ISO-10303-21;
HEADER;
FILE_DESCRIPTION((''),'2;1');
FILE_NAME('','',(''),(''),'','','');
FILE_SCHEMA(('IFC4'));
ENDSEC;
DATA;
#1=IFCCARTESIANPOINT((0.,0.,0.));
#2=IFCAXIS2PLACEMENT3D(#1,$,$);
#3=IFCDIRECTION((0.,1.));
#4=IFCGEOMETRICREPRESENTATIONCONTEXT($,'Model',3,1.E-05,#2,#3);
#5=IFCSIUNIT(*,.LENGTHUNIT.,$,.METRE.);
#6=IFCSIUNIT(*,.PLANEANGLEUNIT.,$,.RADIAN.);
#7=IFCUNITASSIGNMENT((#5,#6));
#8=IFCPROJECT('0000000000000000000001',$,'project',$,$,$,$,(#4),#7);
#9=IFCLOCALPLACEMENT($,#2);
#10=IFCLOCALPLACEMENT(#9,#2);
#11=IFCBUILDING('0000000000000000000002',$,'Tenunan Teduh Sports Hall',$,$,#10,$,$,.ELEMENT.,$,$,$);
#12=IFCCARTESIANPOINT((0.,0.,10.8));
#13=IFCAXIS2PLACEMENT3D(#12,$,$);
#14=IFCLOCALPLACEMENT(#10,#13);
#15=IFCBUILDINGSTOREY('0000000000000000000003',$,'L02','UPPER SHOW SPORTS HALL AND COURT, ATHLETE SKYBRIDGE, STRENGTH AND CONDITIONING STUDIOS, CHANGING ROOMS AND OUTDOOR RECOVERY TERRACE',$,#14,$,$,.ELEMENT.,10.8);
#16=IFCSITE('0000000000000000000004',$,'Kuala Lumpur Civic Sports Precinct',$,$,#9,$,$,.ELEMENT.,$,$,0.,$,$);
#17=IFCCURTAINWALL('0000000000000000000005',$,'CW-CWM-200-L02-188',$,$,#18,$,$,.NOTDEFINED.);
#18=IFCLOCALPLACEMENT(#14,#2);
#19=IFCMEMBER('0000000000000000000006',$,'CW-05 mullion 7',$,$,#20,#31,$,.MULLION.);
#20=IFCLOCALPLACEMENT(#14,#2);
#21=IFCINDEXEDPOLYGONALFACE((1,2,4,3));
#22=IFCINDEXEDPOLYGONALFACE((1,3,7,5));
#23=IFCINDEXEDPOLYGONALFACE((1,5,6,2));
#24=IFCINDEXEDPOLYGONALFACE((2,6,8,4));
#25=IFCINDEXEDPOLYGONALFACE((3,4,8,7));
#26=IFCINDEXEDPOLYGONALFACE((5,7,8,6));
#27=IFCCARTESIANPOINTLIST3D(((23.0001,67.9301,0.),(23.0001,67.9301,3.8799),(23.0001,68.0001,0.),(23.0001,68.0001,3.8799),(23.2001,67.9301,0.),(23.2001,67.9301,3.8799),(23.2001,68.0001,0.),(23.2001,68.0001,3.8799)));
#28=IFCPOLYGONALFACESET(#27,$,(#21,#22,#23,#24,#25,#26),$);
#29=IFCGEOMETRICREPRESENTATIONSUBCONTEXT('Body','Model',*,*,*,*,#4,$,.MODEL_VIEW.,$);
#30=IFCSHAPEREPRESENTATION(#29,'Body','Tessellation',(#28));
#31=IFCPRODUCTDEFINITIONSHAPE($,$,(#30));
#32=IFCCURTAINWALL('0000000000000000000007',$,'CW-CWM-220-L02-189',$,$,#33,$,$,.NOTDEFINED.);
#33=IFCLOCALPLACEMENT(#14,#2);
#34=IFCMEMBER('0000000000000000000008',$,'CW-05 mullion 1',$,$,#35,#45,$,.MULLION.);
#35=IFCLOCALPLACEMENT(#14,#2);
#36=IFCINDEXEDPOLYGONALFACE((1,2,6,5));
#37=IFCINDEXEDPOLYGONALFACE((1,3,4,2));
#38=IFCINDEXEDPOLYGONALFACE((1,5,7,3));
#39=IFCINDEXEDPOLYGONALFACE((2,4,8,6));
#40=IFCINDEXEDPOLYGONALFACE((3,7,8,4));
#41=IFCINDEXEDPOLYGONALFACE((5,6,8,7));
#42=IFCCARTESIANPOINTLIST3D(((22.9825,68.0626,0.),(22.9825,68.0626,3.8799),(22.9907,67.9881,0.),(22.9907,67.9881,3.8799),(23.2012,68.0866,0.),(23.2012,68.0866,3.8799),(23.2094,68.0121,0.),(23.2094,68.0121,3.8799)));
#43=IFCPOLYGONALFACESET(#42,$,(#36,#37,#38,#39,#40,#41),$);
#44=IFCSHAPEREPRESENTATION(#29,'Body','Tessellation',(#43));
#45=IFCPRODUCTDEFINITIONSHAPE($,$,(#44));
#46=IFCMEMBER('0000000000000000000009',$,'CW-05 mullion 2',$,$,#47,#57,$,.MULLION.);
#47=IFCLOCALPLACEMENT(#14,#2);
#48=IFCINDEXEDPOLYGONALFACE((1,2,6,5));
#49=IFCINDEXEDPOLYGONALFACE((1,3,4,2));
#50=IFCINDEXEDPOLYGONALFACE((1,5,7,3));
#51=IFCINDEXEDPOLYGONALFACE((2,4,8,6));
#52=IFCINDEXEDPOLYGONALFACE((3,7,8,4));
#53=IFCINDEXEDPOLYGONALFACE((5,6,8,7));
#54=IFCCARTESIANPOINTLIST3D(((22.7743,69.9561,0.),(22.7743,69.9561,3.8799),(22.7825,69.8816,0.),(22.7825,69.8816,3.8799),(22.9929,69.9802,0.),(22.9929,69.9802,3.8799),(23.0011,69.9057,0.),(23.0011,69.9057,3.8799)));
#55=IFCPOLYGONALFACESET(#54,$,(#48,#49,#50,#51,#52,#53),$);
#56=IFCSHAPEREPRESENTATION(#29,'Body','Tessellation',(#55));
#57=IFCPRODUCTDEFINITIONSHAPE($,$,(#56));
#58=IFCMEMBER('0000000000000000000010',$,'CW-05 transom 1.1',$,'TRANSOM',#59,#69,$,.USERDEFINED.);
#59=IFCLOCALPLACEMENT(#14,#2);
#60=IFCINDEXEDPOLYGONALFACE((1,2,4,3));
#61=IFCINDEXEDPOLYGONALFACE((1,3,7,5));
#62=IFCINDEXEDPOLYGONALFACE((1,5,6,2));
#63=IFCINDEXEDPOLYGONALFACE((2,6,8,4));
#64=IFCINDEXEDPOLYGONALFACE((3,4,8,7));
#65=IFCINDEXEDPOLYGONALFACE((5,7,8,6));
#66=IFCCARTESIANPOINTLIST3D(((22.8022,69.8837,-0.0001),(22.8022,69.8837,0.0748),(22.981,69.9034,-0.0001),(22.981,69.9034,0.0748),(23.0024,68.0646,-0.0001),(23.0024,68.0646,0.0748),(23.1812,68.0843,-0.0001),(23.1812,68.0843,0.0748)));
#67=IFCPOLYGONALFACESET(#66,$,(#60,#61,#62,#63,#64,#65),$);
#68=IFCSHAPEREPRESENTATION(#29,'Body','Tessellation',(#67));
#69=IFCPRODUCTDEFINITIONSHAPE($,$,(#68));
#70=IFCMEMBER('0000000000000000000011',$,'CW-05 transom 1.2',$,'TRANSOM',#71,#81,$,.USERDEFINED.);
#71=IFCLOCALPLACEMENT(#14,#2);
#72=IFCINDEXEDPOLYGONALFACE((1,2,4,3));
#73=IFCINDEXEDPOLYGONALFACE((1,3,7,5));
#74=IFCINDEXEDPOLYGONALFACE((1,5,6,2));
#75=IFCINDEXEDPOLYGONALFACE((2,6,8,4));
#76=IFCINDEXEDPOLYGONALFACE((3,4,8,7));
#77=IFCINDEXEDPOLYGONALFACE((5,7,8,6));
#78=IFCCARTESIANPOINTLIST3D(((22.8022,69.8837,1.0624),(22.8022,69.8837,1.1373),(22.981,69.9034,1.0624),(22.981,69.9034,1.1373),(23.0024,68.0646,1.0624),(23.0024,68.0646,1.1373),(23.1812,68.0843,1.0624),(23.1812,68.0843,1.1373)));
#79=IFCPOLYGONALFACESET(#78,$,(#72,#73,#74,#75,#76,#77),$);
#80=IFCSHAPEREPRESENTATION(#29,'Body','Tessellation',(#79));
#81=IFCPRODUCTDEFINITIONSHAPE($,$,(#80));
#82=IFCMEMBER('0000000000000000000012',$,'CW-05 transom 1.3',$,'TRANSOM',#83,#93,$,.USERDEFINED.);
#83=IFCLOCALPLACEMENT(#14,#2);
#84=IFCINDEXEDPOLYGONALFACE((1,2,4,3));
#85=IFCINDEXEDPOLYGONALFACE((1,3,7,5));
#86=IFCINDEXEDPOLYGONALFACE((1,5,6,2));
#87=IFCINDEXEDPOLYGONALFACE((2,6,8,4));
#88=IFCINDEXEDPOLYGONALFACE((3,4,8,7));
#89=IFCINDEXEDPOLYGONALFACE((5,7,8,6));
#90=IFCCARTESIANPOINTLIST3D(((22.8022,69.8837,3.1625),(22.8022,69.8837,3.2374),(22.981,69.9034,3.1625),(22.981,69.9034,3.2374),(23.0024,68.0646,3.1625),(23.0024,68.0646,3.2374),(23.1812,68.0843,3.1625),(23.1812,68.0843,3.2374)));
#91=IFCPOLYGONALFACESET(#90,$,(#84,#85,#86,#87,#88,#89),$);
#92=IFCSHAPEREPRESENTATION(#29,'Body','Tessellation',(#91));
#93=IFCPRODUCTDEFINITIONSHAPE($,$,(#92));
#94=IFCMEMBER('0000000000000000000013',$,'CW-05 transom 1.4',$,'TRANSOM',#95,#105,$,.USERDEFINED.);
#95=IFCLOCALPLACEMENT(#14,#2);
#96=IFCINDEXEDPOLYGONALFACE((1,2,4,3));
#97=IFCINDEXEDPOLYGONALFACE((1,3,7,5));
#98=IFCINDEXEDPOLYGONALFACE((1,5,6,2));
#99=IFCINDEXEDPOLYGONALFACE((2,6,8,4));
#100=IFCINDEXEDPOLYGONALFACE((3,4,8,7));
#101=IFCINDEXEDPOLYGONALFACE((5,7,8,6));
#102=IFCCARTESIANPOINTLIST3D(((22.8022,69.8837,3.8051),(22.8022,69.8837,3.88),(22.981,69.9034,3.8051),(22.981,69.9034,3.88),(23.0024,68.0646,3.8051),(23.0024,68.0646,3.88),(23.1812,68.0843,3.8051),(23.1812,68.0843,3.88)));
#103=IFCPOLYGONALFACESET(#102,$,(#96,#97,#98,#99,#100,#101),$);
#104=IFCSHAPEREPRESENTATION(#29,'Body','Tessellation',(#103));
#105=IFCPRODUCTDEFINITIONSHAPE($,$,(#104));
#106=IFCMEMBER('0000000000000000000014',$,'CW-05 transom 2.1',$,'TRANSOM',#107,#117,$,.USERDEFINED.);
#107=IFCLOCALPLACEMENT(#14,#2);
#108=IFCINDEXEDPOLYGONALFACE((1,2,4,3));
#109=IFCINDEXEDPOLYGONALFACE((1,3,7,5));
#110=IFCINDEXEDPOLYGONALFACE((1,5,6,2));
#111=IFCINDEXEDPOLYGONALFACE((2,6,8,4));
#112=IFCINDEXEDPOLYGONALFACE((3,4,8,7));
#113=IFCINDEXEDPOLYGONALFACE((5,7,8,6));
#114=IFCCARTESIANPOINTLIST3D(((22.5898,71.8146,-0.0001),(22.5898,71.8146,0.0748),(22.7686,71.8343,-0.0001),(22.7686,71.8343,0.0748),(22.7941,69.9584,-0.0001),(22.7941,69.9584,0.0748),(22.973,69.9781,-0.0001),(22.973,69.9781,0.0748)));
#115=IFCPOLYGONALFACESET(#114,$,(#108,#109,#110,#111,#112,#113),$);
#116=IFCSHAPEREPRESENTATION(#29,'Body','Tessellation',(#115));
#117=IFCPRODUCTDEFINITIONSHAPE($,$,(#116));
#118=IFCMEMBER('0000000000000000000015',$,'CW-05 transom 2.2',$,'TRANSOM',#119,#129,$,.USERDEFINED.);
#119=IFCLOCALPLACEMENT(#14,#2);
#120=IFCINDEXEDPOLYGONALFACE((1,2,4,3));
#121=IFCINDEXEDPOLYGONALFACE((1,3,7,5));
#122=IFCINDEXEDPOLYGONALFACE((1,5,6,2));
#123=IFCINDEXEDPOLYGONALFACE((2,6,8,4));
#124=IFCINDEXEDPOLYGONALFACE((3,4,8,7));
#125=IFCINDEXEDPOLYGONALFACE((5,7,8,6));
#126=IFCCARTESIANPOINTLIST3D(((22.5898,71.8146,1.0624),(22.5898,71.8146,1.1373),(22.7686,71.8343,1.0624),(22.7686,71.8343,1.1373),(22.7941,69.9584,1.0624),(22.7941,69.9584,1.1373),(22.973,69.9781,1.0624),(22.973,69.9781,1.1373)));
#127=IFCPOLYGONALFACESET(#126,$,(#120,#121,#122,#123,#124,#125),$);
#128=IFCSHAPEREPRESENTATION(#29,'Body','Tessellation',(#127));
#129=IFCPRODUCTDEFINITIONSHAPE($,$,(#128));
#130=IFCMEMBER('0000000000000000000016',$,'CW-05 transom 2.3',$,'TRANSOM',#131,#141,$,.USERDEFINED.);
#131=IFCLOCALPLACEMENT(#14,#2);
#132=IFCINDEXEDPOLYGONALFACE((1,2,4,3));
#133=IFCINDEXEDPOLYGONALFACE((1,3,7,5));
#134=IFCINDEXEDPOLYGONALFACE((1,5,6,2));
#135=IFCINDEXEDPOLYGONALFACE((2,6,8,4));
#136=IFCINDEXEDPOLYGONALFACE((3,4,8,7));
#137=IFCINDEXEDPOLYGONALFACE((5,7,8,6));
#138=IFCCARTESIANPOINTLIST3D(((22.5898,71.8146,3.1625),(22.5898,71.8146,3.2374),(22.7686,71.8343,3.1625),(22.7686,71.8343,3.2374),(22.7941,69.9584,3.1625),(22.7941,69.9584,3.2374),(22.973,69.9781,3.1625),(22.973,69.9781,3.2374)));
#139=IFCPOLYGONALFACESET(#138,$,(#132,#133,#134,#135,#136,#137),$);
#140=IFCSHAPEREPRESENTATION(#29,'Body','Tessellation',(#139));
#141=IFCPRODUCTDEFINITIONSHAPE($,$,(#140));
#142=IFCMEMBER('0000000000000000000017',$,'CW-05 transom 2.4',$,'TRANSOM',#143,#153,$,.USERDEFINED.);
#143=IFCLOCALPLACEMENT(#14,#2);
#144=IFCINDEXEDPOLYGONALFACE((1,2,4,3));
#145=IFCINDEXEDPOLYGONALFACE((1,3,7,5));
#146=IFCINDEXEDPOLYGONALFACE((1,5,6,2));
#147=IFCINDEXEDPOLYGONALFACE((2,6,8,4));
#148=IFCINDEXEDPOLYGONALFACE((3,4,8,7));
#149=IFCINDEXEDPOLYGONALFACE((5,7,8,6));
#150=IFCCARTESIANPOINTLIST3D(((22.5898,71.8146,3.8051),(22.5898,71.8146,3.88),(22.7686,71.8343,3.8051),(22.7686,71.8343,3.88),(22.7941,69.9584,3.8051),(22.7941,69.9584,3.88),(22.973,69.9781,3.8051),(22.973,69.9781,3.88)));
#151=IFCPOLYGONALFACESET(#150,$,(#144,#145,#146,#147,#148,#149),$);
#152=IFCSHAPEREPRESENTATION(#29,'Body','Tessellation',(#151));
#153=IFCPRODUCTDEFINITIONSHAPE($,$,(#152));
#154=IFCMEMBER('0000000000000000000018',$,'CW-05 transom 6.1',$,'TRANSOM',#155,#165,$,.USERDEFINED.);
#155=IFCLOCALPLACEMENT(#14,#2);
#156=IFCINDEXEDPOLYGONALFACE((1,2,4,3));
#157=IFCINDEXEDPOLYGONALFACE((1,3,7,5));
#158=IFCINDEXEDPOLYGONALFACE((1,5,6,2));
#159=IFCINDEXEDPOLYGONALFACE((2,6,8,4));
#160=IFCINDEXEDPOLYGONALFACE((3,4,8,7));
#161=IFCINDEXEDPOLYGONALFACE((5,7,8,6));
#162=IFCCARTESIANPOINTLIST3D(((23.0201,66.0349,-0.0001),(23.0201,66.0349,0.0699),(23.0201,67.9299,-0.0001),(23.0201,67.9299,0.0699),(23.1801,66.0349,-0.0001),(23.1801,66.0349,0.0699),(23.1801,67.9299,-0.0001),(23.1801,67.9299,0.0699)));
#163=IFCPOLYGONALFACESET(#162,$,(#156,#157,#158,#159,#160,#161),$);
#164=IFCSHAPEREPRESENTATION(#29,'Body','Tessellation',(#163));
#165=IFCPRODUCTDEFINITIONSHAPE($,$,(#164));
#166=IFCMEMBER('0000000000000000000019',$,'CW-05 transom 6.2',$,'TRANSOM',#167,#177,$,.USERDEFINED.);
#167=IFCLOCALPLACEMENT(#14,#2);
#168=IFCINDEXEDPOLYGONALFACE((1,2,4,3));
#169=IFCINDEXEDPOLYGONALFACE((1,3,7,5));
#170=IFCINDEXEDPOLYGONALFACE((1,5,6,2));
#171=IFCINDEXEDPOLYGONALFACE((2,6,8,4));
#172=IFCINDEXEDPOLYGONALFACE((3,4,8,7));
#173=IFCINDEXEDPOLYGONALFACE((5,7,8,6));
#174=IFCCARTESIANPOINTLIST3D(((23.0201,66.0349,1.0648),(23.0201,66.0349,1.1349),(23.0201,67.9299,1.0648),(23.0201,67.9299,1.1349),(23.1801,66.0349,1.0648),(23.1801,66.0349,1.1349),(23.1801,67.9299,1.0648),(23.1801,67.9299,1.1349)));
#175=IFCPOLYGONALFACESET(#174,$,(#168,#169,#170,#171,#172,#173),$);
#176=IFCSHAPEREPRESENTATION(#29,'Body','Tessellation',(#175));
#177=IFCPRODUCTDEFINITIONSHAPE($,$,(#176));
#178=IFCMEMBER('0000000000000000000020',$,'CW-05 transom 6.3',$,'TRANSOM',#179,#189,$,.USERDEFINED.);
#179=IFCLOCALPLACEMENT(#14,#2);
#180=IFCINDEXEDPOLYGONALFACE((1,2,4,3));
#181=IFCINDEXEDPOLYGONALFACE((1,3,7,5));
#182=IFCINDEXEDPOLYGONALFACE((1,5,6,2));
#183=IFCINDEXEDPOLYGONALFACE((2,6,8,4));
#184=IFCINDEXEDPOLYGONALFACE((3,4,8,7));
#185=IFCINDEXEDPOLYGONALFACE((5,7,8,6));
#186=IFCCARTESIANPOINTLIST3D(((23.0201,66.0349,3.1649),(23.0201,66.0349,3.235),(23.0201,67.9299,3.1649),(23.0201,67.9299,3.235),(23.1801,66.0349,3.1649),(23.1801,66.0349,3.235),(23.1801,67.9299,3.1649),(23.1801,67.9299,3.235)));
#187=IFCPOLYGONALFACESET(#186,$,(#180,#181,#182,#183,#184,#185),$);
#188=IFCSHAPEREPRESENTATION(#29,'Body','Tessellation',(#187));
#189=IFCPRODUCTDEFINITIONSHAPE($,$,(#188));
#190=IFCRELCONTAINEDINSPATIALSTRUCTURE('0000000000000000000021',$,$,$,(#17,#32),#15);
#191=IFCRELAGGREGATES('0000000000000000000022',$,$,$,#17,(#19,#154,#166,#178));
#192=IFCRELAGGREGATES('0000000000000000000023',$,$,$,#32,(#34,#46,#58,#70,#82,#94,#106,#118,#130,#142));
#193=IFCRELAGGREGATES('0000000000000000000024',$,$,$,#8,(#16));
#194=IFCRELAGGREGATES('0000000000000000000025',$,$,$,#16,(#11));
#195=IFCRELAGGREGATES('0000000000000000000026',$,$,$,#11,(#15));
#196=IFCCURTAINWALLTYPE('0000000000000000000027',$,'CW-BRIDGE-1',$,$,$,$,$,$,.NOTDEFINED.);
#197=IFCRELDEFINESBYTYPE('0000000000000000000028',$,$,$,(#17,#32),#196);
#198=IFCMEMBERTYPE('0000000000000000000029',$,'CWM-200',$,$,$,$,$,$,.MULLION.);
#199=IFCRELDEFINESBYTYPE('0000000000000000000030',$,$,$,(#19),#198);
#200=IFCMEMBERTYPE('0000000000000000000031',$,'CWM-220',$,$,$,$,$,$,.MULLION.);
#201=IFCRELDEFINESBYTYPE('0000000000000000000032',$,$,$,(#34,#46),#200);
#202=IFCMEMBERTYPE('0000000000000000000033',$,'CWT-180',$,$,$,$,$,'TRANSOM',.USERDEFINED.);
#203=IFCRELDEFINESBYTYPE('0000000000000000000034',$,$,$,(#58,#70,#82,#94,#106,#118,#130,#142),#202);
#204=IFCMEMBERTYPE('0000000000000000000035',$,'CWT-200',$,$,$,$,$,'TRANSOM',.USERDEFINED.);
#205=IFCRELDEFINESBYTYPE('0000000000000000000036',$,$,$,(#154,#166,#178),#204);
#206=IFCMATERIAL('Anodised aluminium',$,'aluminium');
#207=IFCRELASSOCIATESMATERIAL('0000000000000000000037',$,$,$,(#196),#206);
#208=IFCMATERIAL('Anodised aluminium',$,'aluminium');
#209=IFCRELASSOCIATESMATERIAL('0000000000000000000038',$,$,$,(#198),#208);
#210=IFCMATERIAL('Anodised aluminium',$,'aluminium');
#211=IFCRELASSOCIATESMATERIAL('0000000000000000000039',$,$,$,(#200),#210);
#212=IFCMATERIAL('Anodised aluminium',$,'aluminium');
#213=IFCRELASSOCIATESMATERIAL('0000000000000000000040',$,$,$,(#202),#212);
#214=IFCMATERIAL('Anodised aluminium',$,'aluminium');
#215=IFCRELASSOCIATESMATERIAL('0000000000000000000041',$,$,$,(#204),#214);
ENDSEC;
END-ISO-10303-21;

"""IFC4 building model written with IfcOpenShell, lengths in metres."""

from ifc_helpers import new_model, si_unit, direction, frame, origin, origin_2d, place, context, subcontext, project, spatial, rectangle, extrude, material, material_profile, profile_set, type_object, element, aggregate, save


model = new_model("IFC4")

# Units and contexts
model_context = context("Model", 3, precision=1e-05, world=origin(), true_north=direction((0.0, 1.0)))
body_context = subcontext(model_context, "Body", "Model", "MODEL_VIEW")
ifc_project = project(units=[si_unit("LENGTHUNIT", "METRE"), si_unit("PLANEANGLEUNIT", "RADIAN")], contexts=[model_context])

# Site, building, storey
site_placement = place(None, origin())
site = spatial("IfcSite", under=ifc_project, at=site_placement, Name="Kuala Lumpur Civic Sports Precinct", CompositionType="ELEMENT", RefElevation=0.0)
building_placement = place(site_placement, origin())
building = spatial("IfcBuilding", under=site, at=building_placement, Name="Tenunan Teduh Sports Hall", CompositionType="ELEMENT")
storey_placement = place(building_placement, frame((0.0, 0.0, 10.8)))
storey = spatial("IfcBuildingStorey", under=building, at=storey_placement, Name="L02", Description="UPPER SHOW SPORTS HALL AND COURT, ATHLETE SKYBRIDGE, STRENGTH AND CONDITIONING STUDIOS, CHANGING ROOMS AND OUTDOOR RECOVERY TERRACE", CompositionType="ELEMENT", Elevation=10.8)

# Curtain wall, member
ifc_material_1 = material(Name="Anodised aluminium", Category="aluminium")
curtain_wall_type = type_object("IfcCurtainWallType", Name="CW-BRIDGE-1", PredefinedType="NOTDEFINED", material=ifc_material_1)
curtain_wall_1_placement = place(storey_placement, origin())
curtain_wall_1 = element("IfcCurtainWall", 1, at=curtain_wall_1_placement, inside=storey, type_object=curtain_wall_type, Name="CW-CWM-200-L02-188", PredefinedType="NOTDEFINED")
ifc_material_2 = material(Name="Anodised aluminium", Category="aluminium")
ifc_material_profile_1 = material_profile(ifc_material_2, rectangle(XDim=0.0701, YDim=0.2, at=origin_2d()), Name="CWM 70x200")
ifc_profile_set_1 = profile_set([ifc_material_profile_1], Name="Anodised aluminium")
member_type_1 = type_object("IfcMemberType", Name="CWM-200", PredefinedType="MULLION", material=ifc_profile_set_1)
member_1_placement = place(storey_placement, frame((23.1001, 67.9651, 0.0), z_axis=(0.0, 0.0, 1.0), x_axis=(0.0, 1.0, 0.0)))
member_1 = element("IfcMember", 2, at=member_1_placement, type_object=member_type_1, Name="CW-05 mullion 7", PredefinedType="MULLION", context=body_context, shape_type="SweptSolid", body=[
    extrude(rectangle(XDim=0.0701, YDim=0.2, at=origin_2d()), origin(), (0.0, 0.0, 1.0), 3.8799),
])

# Curtain wall, members
curtain_wall_2_placement = place(storey_placement, origin())
curtain_wall_2 = element("IfcCurtainWall", 3, at=curtain_wall_2_placement, inside=storey, type_object=curtain_wall_type, Name="CW-CWM-220-L02-189", PredefinedType="NOTDEFINED")
ifc_material_3 = material(Name="Anodised aluminium", Category="aluminium")
ifc_material_profile_2 = material_profile(ifc_material_3, rectangle(XDim=0.075, YDim=0.22, at=origin_2d()), Name="CWM 75x220")
ifc_profile_set_2 = profile_set([ifc_material_profile_2], Name="Anodised aluminium")
member_type_2 = type_object("IfcMemberType", Name="CWM-220", PredefinedType="MULLION", material=ifc_profile_set_2)
member_2_placement = place(storey_placement, frame((23.0959, 68.0374, 0.0), z_axis=(0.0, 0.0, 1.0), x_axis=(-0.109341, 0.994004, 0.0)))
member_2 = element("IfcMember", 4, at=member_2_placement, type_object=member_type_2, Name="CW-05 mullion 1", PredefinedType="MULLION", context=body_context, shape_type="SweptSolid", body=[
    extrude(rectangle(XDim=0.075, YDim=0.22, at=origin_2d()), origin(), (0.0, 0.0, 1.0), 3.8799),
])
member_3_placement = place(storey_placement, frame((22.8877, 69.9309, 0.0), z_axis=(0.0, 0.0, 1.0), x_axis=(-0.109341, 0.994004, 0.0)))
member_3 = element("IfcMember", 5, at=member_3_placement, type_object=member_type_2, Name="CW-05 mullion 2", PredefinedType="MULLION", context=body_context, shape_type="SweptSolid", body=[
    extrude(rectangle(XDim=0.075, YDim=0.22, at=origin_2d()), origin(), (0.0, 0.0, 1.0), 3.8799),
])
ifc_material_4 = material(Name="Anodised aluminium", Category="aluminium")
ifc_material_profile_3 = material_profile(ifc_material_4, rectangle(XDim=0.075, YDim=0.1799, at=origin_2d()), Name="CWT 75x180")
ifc_profile_set_3 = profile_set([ifc_material_profile_3], Name="Anodised aluminium")
member_type_3 = type_object("IfcMemberType", Name="CWT-180", ElementType="TRANSOM", PredefinedType="USERDEFINED", material=ifc_profile_set_3)
member_4_placement = place(storey_placement, frame((23.0918, 68.0745, 0.0374), z_axis=(-0.109392, 0.993999, 0.0), x_axis=(0.0, 0.0, 1.0)))
member_4 = element("IfcMember", 6, at=member_4_placement, type_object=member_type_3, Name="CW-05 transom 1.1", ObjectType="TRANSOM", PredefinedType="USERDEFINED", context=body_context, shape_type="SweptSolid", body=[
    extrude(rectangle(XDim=0.075, YDim=0.1799, at=origin_2d()), origin(), (0.0, 0.0, 1.0), 1.8301),
])
member_5_placement = place(storey_placement, frame((23.0918, 68.0745, 1.0999), z_axis=(-0.109392, 0.993999, 0.0), x_axis=(0.0, 0.0, 1.0)))
member_5 = element("IfcMember", 7, at=member_5_placement, type_object=member_type_3, Name="CW-05 transom 1.2", ObjectType="TRANSOM", PredefinedType="USERDEFINED", context=body_context, shape_type="SweptSolid", body=[
    extrude(rectangle(XDim=0.075, YDim=0.1799, at=origin_2d()), origin(), (0.0, 0.0, 1.0), 1.8301),
])
member_6_placement = place(storey_placement, frame((23.0918, 68.0745, 3.2), z_axis=(-0.109392, 0.993999, 0.0), x_axis=(0.0, 0.0, 1.0)))
member_6 = element("IfcMember", 8, at=member_6_placement, type_object=member_type_3, Name="CW-05 transom 1.3", ObjectType="TRANSOM", PredefinedType="USERDEFINED", context=body_context, shape_type="SweptSolid", body=[
    extrude(rectangle(XDim=0.075, YDim=0.1799, at=origin_2d()), origin(), (0.0, 0.0, 1.0), 1.8301),
])
member_7_placement = place(storey_placement, frame((23.0918, 68.0745, 3.8425), z_axis=(-0.109392, 0.993999, 0.0), x_axis=(0.0, 0.0, 1.0)))
member_7 = element("IfcMember", 9, at=member_7_placement, type_object=member_type_3, Name="CW-05 transom 1.4", ObjectType="TRANSOM", PredefinedType="USERDEFINED", context=body_context, shape_type="SweptSolid", body=[
    extrude(rectangle(XDim=0.075, YDim=0.1799, at=origin_2d()), origin(), (0.0, 0.0, 1.0), 1.8301),
])
member_8_placement = place(storey_placement, frame((22.8835, 69.9683, 0.0374), z_axis=(-0.109427, 0.993995, 0.0), x_axis=(0.0, 0.0, 1.0)))
member_8 = element("IfcMember", 10, at=member_8_placement, type_object=member_type_3, Name="CW-05 transom 2.1", ObjectType="TRANSOM", PredefinedType="USERDEFINED", context=body_context, shape_type="SweptSolid", body=[
    extrude(rectangle(XDim=0.075, YDim=0.1799, at=origin_2d()), origin(), (0.0, 0.0, 1.0), 1.8674),
])
member_9_placement = place(storey_placement, frame((22.8835, 69.9683, 1.0999), z_axis=(-0.109427, 0.993995, 0.0), x_axis=(0.0, 0.0, 1.0)))
member_9 = element("IfcMember", 11, at=member_9_placement, type_object=member_type_3, Name="CW-05 transom 2.2", ObjectType="TRANSOM", PredefinedType="USERDEFINED", context=body_context, shape_type="SweptSolid", body=[
    extrude(rectangle(XDim=0.075, YDim=0.1799, at=origin_2d()), origin(), (0.0, 0.0, 1.0), 1.8674),
])
member_10_placement = place(storey_placement, frame((22.8835, 69.9683, 3.2), z_axis=(-0.109427, 0.993995, 0.0), x_axis=(0.0, 0.0, 1.0)))
member_10 = element("IfcMember", 12, at=member_10_placement, type_object=member_type_3, Name="CW-05 transom 2.3", ObjectType="TRANSOM", PredefinedType="USERDEFINED", context=body_context, shape_type="SweptSolid", body=[
    extrude(rectangle(XDim=0.075, YDim=0.1799, at=origin_2d()), origin(), (0.0, 0.0, 1.0), 1.8674),
])
member_11_placement = place(storey_placement, frame((22.8835, 69.9683, 3.8425), z_axis=(-0.109427, 0.993995, 0.0), x_axis=(0.0, 0.0, 1.0)))
member_11 = element("IfcMember", 13, at=member_11_placement, type_object=member_type_3, Name="CW-05 transom 2.4", ObjectType="TRANSOM", PredefinedType="USERDEFINED", context=body_context, shape_type="SweptSolid", body=[
    extrude(rectangle(XDim=0.075, YDim=0.1799, at=origin_2d()), origin(), (0.0, 0.0, 1.0), 1.8674),
])

# Members
ifc_material_5 = material(Name="Anodised aluminium", Category="aluminium")
ifc_material_profile_4 = material_profile(ifc_material_5, rectangle(XDim=0.0701, YDim=0.1599, at=origin_2d()), Name="CWT 70x160")
ifc_profile_set_4 = profile_set([ifc_material_profile_4], Name="Anodised aluminium")
member_type_4 = type_object("IfcMemberType", Name="CWT-200", ElementType="TRANSOM", PredefinedType="USERDEFINED", material=ifc_profile_set_4)
member_12_placement = place(storey_placement, frame((23.1001, 66.0349, 0.0349), z_axis=(0.0, 1.0, 0.0), x_axis=(0.0, 0.0, 1.0)))
member_12 = element("IfcMember", 14, at=member_12_placement, type_object=member_type_4, Name="CW-05 transom 6.1", ObjectType="TRANSOM", PredefinedType="USERDEFINED", context=body_context, shape_type="SweptSolid", body=[
    extrude(rectangle(XDim=0.0701, YDim=0.1599, at=origin_2d()), origin(), (0.0, 0.0, 1.0), 1.895),
])
member_13_placement = place(storey_placement, frame((23.1001, 66.0349, 1.0999), z_axis=(0.0, 1.0, 0.0), x_axis=(0.0, 0.0, 1.0)))
member_13 = element("IfcMember", 15, at=member_13_placement, type_object=member_type_4, Name="CW-05 transom 6.2", ObjectType="TRANSOM", PredefinedType="USERDEFINED", context=body_context, shape_type="SweptSolid", body=[
    extrude(rectangle(XDim=0.0701, YDim=0.1599, at=origin_2d()), origin(), (0.0, 0.0, 1.0), 1.895),
])
member_14_placement = place(storey_placement, frame((23.1001, 66.0349, 3.2), z_axis=(0.0, 1.0, 0.0), x_axis=(0.0, 0.0, 1.0)))
member_14 = element("IfcMember", 16, at=member_14_placement, type_object=member_type_4, Name="CW-05 transom 6.3", ObjectType="TRANSOM", PredefinedType="USERDEFINED", context=body_context, shape_type="SweptSolid", body=[
    extrude(rectangle(XDim=0.0701, YDim=0.1599, at=origin_2d()), origin(), (0.0, 0.0, 1.0), 1.895),
])

aggregate(curtain_wall_1, [member_1, member_12, member_13, member_14])
aggregate(curtain_wall_2, [member_2, member_3, member_4, member_5, member_6, member_7, member_8, member_9, member_10, member_11])

save(model, "model.ifc")
